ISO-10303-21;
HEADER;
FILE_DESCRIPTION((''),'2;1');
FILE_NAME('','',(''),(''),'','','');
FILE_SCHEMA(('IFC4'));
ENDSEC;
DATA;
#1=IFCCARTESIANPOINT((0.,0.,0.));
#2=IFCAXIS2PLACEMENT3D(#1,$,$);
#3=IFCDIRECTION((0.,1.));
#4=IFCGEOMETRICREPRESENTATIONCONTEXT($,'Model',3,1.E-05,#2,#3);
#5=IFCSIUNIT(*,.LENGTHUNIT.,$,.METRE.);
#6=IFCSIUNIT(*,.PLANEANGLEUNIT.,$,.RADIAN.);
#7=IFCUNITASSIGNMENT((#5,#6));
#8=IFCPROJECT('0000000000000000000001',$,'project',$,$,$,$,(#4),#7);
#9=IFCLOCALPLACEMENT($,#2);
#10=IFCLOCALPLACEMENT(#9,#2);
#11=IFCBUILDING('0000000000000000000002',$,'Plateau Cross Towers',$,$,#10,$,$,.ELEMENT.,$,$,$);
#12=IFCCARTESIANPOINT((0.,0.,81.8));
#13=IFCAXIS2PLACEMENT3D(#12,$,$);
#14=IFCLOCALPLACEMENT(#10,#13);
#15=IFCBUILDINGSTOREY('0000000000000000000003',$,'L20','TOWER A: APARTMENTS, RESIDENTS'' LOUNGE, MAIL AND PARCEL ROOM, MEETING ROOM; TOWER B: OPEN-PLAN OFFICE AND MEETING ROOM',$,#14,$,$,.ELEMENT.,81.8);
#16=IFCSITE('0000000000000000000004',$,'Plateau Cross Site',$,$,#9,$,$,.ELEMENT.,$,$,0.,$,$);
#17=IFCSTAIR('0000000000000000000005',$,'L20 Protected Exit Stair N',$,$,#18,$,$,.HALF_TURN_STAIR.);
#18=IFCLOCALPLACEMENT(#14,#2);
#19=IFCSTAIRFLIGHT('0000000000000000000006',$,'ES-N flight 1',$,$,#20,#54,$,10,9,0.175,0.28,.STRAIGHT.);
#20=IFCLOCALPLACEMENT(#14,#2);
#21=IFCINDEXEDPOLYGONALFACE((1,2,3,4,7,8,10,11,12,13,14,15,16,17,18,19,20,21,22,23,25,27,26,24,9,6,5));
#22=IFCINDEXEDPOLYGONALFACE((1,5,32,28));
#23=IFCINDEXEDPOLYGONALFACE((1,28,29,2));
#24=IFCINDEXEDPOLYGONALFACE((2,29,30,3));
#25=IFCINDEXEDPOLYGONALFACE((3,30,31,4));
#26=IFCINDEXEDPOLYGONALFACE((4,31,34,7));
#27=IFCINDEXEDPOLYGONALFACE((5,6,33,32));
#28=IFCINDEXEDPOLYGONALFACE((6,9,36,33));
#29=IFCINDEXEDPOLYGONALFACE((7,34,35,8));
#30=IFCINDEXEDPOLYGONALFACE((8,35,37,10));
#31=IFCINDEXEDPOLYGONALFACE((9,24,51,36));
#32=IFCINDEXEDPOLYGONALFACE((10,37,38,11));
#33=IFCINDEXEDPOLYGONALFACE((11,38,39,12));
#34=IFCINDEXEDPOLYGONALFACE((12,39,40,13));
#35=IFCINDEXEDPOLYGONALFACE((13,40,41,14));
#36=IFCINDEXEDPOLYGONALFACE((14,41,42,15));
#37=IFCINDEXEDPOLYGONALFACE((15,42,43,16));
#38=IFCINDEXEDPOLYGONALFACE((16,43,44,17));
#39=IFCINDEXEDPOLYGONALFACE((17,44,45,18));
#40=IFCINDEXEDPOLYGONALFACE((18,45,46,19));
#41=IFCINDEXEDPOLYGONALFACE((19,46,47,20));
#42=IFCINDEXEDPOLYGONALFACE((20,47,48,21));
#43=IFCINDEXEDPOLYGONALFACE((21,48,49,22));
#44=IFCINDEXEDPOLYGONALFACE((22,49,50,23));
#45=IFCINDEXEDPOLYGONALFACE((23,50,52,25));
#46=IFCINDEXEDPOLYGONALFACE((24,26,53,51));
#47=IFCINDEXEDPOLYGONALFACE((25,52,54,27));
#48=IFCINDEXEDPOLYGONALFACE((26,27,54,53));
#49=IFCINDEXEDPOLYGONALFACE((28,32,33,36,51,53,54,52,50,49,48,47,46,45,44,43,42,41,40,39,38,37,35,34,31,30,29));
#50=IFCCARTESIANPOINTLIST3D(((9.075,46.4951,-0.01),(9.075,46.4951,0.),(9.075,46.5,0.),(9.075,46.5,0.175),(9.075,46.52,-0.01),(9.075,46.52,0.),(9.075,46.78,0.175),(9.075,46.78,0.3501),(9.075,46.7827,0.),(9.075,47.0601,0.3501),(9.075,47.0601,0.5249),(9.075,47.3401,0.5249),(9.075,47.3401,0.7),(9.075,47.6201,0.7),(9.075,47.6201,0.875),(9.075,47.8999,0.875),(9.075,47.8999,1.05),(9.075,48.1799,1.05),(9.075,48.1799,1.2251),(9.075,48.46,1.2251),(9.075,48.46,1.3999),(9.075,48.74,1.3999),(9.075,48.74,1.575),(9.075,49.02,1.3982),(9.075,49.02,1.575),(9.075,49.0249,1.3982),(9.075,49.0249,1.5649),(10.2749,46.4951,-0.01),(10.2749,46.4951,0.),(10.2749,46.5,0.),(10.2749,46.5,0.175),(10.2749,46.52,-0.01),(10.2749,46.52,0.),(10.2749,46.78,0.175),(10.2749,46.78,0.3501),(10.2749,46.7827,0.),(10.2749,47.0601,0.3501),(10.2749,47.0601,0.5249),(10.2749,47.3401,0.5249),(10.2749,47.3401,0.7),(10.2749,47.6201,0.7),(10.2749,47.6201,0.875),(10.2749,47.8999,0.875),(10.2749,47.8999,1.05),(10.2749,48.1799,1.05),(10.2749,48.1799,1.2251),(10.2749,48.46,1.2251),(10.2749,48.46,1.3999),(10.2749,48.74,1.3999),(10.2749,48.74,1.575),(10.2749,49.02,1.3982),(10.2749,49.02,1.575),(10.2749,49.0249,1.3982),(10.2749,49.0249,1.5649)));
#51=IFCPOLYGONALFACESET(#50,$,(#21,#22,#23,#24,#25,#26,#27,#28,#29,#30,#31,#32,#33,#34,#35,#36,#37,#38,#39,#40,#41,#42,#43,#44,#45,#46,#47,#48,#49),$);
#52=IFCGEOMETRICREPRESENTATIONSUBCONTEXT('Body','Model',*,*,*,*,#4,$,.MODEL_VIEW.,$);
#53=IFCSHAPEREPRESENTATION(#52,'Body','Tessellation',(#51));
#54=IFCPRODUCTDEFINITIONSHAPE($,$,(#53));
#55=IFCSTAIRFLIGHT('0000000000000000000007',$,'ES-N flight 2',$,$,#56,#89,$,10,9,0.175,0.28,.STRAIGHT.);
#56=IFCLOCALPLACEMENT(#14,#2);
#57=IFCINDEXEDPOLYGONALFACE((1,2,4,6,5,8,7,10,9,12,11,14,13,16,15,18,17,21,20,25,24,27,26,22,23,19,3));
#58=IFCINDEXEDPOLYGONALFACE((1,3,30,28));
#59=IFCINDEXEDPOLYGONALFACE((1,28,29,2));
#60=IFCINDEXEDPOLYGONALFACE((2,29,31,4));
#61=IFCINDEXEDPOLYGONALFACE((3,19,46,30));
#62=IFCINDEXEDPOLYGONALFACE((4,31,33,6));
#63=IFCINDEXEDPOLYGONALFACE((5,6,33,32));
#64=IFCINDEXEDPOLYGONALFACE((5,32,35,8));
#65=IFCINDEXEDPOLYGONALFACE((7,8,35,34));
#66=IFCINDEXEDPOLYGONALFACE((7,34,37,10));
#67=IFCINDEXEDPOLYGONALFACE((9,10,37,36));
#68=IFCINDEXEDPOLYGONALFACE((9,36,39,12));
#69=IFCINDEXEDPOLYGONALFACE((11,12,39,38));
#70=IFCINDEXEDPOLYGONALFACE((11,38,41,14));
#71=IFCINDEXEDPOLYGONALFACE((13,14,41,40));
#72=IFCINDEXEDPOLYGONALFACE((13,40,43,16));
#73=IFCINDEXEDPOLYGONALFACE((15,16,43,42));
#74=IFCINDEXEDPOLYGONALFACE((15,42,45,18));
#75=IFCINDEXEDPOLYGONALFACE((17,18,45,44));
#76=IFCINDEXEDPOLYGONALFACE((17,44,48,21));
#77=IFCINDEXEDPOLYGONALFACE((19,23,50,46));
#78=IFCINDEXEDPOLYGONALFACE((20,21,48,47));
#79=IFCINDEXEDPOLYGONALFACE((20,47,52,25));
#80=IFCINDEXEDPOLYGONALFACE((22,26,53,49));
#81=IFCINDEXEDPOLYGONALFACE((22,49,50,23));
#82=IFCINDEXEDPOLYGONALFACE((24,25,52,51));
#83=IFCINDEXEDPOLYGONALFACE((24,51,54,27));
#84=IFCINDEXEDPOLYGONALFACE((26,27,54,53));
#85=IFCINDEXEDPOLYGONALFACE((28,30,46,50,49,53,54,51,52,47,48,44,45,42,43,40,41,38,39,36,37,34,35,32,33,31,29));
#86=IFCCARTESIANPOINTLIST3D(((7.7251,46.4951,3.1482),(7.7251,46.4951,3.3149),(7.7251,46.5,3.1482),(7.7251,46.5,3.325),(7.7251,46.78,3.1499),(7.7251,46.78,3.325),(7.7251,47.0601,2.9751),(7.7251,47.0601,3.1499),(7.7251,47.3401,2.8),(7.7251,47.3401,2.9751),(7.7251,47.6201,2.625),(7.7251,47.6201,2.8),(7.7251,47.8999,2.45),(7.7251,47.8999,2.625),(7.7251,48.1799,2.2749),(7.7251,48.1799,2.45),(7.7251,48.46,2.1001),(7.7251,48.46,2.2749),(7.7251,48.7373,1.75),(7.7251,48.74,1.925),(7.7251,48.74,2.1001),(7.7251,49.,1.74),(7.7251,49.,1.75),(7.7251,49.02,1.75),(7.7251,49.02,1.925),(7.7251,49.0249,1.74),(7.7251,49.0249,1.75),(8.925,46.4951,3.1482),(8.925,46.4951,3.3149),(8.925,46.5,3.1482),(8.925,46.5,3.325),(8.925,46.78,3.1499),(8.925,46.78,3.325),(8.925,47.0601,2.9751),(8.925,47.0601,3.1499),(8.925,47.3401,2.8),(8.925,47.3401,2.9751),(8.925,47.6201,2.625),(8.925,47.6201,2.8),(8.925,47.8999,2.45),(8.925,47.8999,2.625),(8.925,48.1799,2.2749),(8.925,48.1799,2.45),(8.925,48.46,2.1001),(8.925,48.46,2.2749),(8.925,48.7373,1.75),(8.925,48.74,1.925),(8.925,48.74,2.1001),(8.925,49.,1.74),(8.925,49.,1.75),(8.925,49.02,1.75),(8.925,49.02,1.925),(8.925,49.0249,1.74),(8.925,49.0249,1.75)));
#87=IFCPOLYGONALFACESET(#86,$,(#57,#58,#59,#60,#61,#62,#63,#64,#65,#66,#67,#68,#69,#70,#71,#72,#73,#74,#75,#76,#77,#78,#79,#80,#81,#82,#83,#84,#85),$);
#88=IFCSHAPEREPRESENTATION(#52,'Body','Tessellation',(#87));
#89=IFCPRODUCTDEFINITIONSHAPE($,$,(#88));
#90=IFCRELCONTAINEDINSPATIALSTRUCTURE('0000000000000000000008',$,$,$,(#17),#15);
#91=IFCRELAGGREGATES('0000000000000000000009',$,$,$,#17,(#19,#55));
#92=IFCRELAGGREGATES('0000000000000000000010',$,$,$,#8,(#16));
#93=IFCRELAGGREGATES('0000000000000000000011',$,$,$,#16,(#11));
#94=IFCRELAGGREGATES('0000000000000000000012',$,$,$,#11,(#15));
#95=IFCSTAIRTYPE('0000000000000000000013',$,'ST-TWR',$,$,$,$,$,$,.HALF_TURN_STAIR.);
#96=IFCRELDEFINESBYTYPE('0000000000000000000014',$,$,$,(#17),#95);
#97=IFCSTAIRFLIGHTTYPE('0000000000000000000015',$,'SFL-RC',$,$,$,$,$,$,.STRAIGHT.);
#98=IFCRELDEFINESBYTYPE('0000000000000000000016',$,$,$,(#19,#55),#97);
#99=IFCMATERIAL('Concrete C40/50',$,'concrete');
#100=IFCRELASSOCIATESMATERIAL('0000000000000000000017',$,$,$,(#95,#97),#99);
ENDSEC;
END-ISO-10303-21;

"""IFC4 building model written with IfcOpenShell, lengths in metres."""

from ifc_helpers import new_model, si_unit, direction, frame, origin, place, context, subcontext, project, spatial, polyline, outline, extrude, material, type_object, element, aggregate, save


model = new_model("IFC4")

# Units and contexts
model_context = context("Model", 3, precision=1e-05, world=origin(), true_north=direction((0.0, 1.0)))
body_context = subcontext(model_context, "Body", "Model", "MODEL_VIEW")
ifc_project = project(units=[si_unit("LENGTHUNIT", "METRE"), si_unit("PLANEANGLEUNIT", "RADIAN")], contexts=[model_context])

# Site, building, storey
site_placement = place(None, origin())
site = spatial("IfcSite", under=ifc_project, at=site_placement, Name="Plateau Cross Site", CompositionType="ELEMENT", RefElevation=0.0)
building_placement = place(site_placement, origin())
building = spatial("IfcBuilding", under=site, at=building_placement, Name="Plateau Cross Towers", CompositionType="ELEMENT")
storey_placement = place(building_placement, frame((0.0, 0.0, 81.8)))
storey = spatial("IfcBuildingStorey", under=building, at=storey_placement, Name="L20", Description="TOWER A: APARTMENTS, RESIDENTS' LOUNGE, MAIL AND PARCEL ROOM, MEETING ROOM; TOWER B: OPEN-PLAN OFFICE AND MEETING ROOM", CompositionType="ELEMENT", Elevation=81.8)

# Stair, stair flights
ifc_material_1 = material(Name="Concrete C40/50", Category="concrete")
stair_type = type_object("IfcStairType", Name="ST-TWR", PredefinedType="HALF_TURN_STAIR", material=ifc_material_1)
stair_placement = place(storey_placement, origin())
stair = element("IfcStair", 1, at=stair_placement, inside=storey, type_object=stair_type, Name="L20 Protected Exit Stair N", PredefinedType="HALF_TURN_STAIR")
stair_flight_type = type_object("IfcStairFlightType", Name="SFL-RC", PredefinedType="STRAIGHT", material=ifc_material_1)
stair_flight_1_placement = place(storey_placement, frame((9.675, 46.5, 0.0), z_axis=(0.0, 0.0, 1.0), x_axis=(0.0, 1.0, 0.0)))
stair_flight_1 = element("IfcStairFlight", 2, at=stair_flight_1_placement, type_object=stair_flight_type, Name="ES-N flight 1", NumberOfRisers=10, NumberOfTreads=9, PredefinedType="STRAIGHT", RiserHeight=0.175, TreadLength=0.28, context=body_context, shape_type="SweptSolid", body=[
    extrude(outline(polyline([(-0.0049, -0.01), (-0.0049, 0.0), (0.0, 0.0), (0.0, 0.175), (0.28, 0.175), (0.28, 0.3501), (0.5601, 0.3501), (0.5601, 0.5249), (0.8401, 0.5249), (0.8401, 0.7), (1.1201, 0.7), (1.1201, 0.875), (1.3999, 0.875), (1.3999, 1.05), (1.6799, 1.05), (1.6799, 1.2251), (1.96, 1.2251), (1.96, 1.3999), (2.24, 1.3999), (2.24, 1.575), (2.52, 1.575), (2.5249, 1.5649), (2.5249, 1.3982), (2.52, 1.3982), (0.2827, 0.0), (0.02, 0.0), (0.02, -0.01), (-0.0049, -0.01)])), frame((0.0, 0.6001, 0.0), z_axis=(0.0, -1.0, 0.0), x_axis=(1.0, 0.0, 0.0)), (0.0, 0.0, 1.0), 1.2),
])
stair_flight_2_placement = place(storey_placement, frame((8.325, 49.02, 1.75), z_axis=(0.0, 0.0, 1.0), x_axis=(0.0, -1.0, 0.0)))
stair_flight_2 = element("IfcStairFlight", 3, at=stair_flight_2_placement, type_object=stair_flight_type, Name="ES-N flight 2", NumberOfRisers=10, NumberOfTreads=9, PredefinedType="STRAIGHT", RiserHeight=0.175, TreadLength=0.28, context=body_context, shape_type="SweptSolid", body=[
    extrude(outline(polyline([(-0.0049, -0.01), (-0.0049, 0.0), (0.0, 0.0), (0.0, 0.175), (0.28, 0.175), (0.28, 0.3501), (0.5601, 0.3501), (0.5601, 0.5249), (0.8401, 0.5249), (0.8401, 0.7), (1.1201, 0.7), (1.1201, 0.875), (1.3999, 0.875), (1.3999, 1.05), (1.6799, 1.05), (1.6799, 1.2251), (1.96, 1.2251), (1.96, 1.3999), (2.24, 1.3999), (2.24, 1.575), (2.52, 1.575), (2.5249, 1.5649), (2.5249, 1.3982), (2.52, 1.3982), (0.2827, 0.0), (0.02, 0.0), (0.02, -0.01), (-0.0049, -0.01)])), frame((0.0, 0.6001, 0.0), z_axis=(0.0, -1.0, 0.0), x_axis=(1.0, 0.0, 0.0)), (0.0, 0.0, 1.0), 1.2),
])
aggregate(stair, [stair_flight_1, stair_flight_2])

save(model, "model.ifc")
